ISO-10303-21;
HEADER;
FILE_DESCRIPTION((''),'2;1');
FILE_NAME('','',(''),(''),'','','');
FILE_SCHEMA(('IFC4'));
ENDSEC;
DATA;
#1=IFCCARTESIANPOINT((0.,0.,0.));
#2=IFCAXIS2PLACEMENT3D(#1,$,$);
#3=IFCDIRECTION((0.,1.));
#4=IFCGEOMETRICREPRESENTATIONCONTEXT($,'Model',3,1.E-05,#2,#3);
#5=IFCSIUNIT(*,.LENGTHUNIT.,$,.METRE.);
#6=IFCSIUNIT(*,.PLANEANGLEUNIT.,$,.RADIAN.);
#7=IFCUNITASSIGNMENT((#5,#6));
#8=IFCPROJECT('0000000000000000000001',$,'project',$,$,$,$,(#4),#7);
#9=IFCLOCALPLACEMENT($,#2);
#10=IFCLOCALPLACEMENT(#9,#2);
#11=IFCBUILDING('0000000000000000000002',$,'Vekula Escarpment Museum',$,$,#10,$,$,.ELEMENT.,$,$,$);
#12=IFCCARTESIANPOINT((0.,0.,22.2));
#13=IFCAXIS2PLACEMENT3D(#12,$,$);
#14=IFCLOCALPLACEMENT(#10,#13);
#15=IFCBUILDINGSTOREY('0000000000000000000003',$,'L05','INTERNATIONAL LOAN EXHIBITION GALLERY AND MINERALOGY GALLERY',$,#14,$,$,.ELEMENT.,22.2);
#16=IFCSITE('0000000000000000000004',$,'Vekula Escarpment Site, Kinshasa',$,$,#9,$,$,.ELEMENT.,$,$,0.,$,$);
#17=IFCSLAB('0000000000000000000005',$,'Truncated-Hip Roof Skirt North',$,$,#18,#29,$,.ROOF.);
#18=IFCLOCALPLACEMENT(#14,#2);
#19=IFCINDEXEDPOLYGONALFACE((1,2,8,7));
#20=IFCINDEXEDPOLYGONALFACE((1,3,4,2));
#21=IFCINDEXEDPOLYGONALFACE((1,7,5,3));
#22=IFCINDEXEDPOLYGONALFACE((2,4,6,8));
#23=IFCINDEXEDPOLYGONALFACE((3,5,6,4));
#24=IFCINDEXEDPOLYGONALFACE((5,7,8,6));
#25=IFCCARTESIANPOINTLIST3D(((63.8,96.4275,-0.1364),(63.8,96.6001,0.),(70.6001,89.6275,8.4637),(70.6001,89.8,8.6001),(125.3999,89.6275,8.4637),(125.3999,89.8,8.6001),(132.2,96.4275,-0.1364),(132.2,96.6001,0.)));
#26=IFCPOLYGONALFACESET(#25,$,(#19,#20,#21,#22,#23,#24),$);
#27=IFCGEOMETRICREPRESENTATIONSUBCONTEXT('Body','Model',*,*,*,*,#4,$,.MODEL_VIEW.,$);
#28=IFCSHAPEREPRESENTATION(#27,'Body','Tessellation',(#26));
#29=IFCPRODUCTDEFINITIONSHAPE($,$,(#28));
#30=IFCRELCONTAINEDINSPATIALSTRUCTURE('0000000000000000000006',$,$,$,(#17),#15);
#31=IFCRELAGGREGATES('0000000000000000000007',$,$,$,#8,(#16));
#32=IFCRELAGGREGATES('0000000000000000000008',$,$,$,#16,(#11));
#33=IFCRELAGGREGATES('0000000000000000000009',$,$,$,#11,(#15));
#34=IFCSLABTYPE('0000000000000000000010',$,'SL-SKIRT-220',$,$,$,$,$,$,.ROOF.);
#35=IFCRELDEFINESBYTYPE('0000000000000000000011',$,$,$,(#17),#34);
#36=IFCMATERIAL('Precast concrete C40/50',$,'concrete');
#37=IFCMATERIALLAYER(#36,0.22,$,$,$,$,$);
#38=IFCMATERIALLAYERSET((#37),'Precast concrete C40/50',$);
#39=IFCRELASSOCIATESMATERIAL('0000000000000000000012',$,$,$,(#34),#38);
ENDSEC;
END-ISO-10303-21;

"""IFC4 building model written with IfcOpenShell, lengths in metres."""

from ifc_helpers import new_model, si_unit, direction, frame, origin, place, context, subcontext, project, spatial, polyline, outline, extrude, material, layer, layer_set, type_object, element, save


model = new_model("IFC4")

# Units and contexts
model_context = context("Model", 3, precision=1e-05, world=origin(), true_north=direction((0.0, 1.0)))
body_context = subcontext(model_context, "Body", "Model", "MODEL_VIEW")
ifc_project = project(units=[si_unit("LENGTHUNIT", "METRE"), si_unit("PLANEANGLEUNIT", "RADIAN")], contexts=[model_context])

# Site, building, storey
site_placement = place(None, origin())
site = spatial("IfcSite", under=ifc_project, at=site_placement, Name="Vekula Escarpment Site, Kinshasa", CompositionType="ELEMENT", RefElevation=0.0)
building_placement = place(site_placement, origin())
building = spatial("IfcBuilding", under=site, at=building_placement, Name="Vekula Escarpment Museum", CompositionType="ELEMENT")
storey_placement = place(building_placement, frame((0.0, 0.0, 22.2)))
storey = spatial("IfcBuildingStorey", under=building, at=storey_placement, Name="L05", Description="INTERNATIONAL LOAN EXHIBITION GALLERY AND MINERALOGY GALLERY", CompositionType="ELEMENT", Elevation=22.2)

# Slab
ifc_material_1 = material(Name="Precast concrete C40/50", Category="concrete")
ifc_layer = layer(ifc_material_1, 0.22)
ifc_layer_set = layer_set([ifc_layer], Name="Precast concrete C40/50")
slab_type = type_object("IfcSlabType", Name="SL-SKIRT-220", PredefinedType="ROOF", material=ifc_layer_set)
slab_placement = place(storey_placement, frame((132.2, 96.6001, 0.0), z_axis=(0.0, 0.784417, 0.620234), x_axis=(-1.0, 0.0, 0.0)))
element("IfcSlab", 1, at=slab_placement, inside=storey, type_object=slab_type, Name="Truncated-Hip Roof Skirt North", PredefinedType="ROOF", context=body_context, shape_type="SweptSolid", body=[
    extrude(outline(polyline([(0.0, 0.0), (68.3999, 0.0), (61.5999, 10.9637), (6.8, 10.9637), (0.0, 0.0)])), origin(), (0.0, 0.0, -1.0), 0.22),
])

save(model, "model.ifc")
